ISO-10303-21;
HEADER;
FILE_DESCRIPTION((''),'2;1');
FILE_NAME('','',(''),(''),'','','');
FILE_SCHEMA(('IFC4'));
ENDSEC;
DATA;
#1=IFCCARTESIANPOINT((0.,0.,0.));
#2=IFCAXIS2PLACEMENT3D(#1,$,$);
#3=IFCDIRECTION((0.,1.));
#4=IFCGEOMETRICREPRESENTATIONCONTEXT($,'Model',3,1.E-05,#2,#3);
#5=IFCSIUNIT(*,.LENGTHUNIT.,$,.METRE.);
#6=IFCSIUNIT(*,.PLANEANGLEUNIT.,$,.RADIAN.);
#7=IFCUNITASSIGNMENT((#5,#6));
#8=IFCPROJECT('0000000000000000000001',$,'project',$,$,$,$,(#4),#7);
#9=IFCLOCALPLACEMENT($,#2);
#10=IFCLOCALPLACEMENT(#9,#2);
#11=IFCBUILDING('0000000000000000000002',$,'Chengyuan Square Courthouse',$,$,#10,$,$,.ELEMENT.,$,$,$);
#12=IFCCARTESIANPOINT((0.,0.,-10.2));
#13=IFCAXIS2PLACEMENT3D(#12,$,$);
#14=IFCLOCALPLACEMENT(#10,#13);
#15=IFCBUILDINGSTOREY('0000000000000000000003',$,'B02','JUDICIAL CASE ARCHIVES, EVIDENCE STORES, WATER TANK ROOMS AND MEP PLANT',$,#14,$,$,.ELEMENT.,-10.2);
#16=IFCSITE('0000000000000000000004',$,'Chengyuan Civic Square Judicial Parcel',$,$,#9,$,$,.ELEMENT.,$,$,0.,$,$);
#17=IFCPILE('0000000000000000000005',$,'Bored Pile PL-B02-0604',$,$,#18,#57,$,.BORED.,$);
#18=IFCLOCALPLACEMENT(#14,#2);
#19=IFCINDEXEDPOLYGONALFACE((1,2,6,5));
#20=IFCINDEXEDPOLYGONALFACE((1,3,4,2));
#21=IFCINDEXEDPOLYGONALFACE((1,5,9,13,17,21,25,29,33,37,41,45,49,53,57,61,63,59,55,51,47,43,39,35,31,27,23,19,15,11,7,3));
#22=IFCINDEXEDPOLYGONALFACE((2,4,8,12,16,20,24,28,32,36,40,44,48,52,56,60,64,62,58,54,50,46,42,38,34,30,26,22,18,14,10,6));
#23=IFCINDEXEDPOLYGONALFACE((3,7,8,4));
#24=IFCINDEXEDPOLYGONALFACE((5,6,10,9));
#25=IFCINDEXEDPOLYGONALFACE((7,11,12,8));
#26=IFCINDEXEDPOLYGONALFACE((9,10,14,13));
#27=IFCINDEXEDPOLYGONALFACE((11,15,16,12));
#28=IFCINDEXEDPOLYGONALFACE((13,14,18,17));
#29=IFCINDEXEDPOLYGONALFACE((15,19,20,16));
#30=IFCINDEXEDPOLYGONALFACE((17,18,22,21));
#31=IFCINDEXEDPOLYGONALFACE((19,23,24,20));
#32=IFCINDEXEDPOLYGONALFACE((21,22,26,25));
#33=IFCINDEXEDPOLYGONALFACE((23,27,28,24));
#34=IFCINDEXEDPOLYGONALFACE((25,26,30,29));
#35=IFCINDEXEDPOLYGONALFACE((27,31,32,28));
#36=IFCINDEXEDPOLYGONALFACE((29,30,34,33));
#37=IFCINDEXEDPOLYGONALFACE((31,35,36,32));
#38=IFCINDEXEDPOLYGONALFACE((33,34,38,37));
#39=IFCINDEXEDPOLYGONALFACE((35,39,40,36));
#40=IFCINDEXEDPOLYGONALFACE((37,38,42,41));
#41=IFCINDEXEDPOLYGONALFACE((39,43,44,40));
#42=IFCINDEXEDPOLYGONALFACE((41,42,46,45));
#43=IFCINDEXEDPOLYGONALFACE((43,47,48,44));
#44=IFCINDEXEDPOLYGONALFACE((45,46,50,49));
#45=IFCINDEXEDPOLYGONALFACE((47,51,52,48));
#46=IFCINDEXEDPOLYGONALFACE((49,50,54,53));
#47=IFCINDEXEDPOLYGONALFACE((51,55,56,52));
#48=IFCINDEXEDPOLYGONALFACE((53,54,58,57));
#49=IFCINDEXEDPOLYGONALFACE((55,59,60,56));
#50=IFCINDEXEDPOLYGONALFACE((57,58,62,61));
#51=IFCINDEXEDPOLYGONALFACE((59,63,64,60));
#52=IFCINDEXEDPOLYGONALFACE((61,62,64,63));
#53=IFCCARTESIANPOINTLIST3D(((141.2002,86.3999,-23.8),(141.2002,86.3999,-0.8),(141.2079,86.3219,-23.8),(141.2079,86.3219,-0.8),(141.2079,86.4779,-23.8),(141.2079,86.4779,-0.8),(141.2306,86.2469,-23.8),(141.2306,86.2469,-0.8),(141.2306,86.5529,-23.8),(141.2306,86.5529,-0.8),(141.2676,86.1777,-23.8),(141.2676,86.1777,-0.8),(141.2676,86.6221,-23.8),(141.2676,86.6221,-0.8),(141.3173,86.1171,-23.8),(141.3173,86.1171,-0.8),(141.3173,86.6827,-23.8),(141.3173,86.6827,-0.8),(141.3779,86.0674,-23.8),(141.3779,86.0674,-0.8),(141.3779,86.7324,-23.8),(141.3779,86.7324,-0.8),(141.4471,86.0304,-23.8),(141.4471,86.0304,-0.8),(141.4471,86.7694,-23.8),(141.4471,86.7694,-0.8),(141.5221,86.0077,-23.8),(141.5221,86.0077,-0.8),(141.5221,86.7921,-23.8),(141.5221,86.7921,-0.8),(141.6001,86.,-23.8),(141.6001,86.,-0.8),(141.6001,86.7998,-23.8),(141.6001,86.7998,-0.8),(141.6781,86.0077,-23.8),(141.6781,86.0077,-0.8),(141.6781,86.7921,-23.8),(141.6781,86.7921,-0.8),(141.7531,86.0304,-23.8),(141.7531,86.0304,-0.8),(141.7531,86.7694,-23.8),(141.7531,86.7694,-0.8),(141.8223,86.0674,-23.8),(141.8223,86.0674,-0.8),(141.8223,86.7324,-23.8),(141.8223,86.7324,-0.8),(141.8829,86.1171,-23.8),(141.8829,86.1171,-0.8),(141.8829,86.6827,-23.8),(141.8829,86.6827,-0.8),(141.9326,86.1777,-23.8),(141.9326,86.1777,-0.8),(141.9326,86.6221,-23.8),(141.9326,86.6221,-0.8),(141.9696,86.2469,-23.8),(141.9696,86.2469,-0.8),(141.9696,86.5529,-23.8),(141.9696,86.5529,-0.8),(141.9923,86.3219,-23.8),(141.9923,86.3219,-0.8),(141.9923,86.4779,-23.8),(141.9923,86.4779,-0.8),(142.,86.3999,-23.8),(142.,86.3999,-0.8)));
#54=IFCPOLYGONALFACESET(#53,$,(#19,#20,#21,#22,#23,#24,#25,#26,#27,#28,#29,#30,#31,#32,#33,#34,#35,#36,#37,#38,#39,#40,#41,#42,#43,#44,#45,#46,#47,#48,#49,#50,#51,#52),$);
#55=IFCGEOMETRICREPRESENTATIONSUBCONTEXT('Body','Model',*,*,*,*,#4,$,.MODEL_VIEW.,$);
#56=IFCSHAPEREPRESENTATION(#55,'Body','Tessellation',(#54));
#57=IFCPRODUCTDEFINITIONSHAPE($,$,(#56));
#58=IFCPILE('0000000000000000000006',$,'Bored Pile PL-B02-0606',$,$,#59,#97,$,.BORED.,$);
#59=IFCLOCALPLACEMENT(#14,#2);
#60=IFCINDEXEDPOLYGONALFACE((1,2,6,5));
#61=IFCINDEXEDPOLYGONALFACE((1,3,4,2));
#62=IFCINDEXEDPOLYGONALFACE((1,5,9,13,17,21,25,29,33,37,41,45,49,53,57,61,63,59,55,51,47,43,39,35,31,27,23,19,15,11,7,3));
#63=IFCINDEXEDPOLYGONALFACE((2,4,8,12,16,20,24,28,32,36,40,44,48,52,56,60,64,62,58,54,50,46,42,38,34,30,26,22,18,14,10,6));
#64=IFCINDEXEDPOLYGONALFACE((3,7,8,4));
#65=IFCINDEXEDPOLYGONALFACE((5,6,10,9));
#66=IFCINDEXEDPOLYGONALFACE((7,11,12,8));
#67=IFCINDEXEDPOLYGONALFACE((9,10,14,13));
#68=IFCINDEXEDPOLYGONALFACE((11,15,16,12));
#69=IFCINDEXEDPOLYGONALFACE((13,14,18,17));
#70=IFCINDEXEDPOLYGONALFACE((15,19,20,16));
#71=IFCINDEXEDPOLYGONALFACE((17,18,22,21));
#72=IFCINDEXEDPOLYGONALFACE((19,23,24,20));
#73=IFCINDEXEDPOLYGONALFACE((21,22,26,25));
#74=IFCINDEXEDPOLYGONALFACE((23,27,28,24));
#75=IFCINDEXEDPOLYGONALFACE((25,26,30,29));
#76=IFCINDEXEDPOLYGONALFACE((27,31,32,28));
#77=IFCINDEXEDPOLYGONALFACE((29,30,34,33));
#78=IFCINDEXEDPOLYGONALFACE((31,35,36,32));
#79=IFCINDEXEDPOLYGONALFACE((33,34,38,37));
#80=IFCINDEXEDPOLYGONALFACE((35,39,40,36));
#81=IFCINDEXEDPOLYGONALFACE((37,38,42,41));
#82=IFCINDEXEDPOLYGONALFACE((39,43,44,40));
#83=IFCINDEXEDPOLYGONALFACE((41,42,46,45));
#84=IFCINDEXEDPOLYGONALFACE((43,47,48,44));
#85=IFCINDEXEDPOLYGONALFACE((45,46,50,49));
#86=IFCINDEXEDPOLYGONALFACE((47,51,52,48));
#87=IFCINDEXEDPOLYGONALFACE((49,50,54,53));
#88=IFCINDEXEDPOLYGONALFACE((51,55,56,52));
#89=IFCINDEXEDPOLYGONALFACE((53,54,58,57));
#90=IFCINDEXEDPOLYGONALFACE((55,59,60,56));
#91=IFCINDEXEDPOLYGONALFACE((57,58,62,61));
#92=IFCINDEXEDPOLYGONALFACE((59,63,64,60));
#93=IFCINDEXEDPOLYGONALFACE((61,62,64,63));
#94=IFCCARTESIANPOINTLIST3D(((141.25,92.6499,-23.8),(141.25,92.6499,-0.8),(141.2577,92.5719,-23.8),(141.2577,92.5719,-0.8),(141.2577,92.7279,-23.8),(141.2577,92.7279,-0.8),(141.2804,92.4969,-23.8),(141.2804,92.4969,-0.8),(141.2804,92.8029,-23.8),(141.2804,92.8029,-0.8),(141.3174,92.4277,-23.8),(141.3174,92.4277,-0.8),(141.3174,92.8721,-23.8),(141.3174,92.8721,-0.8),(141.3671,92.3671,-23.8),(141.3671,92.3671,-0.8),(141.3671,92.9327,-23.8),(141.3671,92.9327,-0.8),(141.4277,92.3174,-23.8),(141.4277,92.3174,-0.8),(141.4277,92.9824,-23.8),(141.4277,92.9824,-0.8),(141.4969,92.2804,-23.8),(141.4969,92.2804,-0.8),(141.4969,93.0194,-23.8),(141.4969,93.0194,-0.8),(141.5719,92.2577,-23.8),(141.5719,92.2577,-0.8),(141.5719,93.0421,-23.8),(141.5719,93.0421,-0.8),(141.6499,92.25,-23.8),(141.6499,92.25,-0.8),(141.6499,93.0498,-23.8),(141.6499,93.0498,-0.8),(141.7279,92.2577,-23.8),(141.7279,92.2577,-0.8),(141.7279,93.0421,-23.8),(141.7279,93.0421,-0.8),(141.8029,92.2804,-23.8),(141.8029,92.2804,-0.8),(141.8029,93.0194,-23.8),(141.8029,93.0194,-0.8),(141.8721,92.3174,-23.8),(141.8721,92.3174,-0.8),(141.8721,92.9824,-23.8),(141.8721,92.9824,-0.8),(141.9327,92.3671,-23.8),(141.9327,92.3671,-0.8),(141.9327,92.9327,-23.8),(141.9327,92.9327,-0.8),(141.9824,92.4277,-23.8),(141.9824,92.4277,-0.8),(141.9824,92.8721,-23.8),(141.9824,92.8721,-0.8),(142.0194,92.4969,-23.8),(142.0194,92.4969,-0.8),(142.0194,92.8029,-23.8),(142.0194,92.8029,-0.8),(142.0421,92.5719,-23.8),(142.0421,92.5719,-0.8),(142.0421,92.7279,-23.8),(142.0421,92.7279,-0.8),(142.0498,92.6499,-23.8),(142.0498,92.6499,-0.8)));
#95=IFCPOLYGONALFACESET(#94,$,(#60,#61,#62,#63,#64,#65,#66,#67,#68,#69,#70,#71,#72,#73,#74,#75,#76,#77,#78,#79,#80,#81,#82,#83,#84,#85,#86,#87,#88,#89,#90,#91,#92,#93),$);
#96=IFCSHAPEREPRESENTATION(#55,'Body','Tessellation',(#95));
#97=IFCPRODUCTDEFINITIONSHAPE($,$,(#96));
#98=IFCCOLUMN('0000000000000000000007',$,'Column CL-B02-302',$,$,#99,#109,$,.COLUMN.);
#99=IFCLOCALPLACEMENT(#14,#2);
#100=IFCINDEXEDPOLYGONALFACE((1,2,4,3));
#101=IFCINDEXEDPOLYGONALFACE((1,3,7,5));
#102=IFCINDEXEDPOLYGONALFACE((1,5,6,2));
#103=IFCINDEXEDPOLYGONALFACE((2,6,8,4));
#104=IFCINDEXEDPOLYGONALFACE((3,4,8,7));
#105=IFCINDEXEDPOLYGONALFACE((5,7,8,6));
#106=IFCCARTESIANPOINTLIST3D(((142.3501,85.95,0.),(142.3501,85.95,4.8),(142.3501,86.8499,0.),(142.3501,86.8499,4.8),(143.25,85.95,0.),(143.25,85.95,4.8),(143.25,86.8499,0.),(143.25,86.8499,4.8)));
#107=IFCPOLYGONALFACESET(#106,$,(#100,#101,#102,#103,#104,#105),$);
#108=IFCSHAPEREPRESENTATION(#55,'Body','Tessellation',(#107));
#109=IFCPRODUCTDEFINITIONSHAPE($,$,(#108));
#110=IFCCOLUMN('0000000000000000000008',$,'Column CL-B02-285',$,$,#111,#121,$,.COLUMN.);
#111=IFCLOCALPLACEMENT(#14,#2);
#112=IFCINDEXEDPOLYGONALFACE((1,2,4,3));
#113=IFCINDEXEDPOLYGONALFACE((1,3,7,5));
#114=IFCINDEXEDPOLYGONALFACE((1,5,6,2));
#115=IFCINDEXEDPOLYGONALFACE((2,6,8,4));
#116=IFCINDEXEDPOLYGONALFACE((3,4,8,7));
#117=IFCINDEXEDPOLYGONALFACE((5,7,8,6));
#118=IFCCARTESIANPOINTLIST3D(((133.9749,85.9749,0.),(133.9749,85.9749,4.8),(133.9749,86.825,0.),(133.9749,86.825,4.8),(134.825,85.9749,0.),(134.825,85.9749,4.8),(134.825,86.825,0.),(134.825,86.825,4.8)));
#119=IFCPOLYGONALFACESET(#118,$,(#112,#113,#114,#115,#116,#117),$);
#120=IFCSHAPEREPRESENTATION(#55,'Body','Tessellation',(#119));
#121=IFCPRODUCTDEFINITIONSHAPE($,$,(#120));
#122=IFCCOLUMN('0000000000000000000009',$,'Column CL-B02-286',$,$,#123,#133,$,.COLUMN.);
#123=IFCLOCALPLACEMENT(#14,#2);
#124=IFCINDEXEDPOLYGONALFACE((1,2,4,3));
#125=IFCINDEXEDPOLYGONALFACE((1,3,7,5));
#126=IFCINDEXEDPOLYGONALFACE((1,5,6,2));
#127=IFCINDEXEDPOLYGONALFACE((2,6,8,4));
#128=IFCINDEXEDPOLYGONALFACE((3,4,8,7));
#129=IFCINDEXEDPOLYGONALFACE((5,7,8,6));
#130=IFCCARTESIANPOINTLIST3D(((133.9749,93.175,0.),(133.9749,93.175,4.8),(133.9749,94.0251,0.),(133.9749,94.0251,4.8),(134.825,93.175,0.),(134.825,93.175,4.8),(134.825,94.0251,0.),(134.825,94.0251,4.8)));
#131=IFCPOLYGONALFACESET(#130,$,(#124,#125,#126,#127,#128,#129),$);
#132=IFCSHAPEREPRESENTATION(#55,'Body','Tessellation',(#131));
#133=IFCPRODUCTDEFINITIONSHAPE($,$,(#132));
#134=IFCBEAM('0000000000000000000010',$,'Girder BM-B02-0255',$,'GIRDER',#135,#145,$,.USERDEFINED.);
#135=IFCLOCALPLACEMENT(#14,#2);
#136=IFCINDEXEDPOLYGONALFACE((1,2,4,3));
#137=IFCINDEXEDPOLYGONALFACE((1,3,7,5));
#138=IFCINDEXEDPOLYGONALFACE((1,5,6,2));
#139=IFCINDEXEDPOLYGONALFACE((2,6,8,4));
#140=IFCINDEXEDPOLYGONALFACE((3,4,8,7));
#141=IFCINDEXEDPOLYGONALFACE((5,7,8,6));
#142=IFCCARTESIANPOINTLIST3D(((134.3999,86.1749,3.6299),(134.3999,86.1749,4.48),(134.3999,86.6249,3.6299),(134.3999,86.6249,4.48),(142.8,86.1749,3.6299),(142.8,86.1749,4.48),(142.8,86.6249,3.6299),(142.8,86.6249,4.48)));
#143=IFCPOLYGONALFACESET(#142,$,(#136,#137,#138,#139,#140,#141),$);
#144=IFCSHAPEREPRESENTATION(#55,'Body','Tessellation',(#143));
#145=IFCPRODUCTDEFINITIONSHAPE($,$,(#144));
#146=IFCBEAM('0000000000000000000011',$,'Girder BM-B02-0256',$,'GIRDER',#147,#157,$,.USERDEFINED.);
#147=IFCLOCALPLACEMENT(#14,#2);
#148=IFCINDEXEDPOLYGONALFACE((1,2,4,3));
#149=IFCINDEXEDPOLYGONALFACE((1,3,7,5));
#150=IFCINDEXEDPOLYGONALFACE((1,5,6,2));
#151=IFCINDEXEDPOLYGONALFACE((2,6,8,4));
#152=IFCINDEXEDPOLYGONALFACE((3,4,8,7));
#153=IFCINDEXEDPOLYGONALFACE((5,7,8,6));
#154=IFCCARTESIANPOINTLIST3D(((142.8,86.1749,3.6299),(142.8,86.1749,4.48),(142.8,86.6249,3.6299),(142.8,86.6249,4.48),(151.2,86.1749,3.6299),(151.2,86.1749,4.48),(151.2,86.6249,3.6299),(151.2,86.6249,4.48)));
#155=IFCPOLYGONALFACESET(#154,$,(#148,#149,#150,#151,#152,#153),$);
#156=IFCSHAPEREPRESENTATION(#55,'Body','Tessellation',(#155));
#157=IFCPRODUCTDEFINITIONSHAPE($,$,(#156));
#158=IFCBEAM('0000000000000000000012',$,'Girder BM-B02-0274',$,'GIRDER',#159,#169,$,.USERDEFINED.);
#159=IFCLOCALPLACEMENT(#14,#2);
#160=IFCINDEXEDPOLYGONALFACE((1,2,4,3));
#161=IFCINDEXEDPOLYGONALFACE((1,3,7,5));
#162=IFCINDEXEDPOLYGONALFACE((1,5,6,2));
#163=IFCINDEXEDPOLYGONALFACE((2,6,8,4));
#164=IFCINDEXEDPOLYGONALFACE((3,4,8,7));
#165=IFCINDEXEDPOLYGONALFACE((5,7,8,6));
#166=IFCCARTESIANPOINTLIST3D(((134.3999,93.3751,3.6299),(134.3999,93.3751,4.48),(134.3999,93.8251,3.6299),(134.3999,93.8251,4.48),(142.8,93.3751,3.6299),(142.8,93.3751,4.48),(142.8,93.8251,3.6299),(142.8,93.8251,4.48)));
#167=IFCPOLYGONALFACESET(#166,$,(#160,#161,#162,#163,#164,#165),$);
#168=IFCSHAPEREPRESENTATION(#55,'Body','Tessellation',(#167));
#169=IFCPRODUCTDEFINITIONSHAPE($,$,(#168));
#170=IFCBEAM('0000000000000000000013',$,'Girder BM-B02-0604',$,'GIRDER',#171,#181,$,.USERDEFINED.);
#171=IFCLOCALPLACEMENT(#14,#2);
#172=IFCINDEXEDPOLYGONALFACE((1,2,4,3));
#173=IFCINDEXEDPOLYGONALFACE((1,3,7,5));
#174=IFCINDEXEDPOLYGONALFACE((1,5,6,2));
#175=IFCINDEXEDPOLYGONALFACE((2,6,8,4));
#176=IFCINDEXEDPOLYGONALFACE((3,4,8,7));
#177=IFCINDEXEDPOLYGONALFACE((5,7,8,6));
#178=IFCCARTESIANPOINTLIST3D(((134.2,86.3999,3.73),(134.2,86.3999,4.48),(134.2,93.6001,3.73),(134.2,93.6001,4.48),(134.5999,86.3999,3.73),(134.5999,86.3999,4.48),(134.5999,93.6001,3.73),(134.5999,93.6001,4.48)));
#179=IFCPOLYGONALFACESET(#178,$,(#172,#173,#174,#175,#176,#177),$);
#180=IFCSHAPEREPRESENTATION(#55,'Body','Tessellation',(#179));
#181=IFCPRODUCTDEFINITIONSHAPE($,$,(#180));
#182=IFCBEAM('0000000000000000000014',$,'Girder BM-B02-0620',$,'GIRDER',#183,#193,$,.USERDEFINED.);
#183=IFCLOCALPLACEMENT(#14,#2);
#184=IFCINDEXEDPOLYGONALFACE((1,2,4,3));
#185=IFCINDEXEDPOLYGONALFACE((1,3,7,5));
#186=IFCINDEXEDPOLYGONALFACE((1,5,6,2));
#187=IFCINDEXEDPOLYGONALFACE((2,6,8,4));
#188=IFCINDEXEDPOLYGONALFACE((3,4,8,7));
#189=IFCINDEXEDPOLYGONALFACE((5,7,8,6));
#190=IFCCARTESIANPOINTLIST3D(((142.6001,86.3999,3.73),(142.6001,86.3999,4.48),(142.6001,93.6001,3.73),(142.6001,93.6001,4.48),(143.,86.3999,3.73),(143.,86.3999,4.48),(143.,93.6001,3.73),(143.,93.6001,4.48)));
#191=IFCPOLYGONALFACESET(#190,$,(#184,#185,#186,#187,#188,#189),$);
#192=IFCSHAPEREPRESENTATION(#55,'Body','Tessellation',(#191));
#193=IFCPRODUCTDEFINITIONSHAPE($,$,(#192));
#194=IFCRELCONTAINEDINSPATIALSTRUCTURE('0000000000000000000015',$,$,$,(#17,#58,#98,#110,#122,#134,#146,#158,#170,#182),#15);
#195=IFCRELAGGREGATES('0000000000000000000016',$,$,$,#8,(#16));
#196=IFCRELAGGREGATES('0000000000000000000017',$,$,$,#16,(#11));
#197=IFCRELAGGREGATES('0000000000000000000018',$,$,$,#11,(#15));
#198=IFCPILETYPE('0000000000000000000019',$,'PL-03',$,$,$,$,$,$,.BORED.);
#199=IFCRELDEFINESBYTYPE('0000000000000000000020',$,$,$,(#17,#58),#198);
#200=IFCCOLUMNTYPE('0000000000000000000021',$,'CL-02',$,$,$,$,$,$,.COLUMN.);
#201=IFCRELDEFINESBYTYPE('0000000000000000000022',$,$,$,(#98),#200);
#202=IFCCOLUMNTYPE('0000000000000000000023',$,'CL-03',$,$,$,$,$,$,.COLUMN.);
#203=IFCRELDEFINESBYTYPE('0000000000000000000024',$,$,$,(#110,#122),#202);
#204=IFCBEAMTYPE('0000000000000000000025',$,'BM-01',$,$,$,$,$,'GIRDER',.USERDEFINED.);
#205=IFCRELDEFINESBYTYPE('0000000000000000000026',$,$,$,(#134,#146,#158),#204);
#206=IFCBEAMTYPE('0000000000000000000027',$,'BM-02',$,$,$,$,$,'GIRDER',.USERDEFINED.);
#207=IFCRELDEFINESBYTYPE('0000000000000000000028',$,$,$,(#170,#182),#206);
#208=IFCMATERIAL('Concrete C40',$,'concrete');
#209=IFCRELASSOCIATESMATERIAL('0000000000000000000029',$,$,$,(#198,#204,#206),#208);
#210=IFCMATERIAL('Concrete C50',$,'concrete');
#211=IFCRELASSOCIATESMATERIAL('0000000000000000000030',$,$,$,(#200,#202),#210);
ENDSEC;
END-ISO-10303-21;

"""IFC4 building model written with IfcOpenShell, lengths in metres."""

from ifc_helpers import new_model, si_unit, direction, frame, origin, origin_2d, place, context, subcontext, project, spatial, rectangle, circle, extrude, material, material_profile, profile_set, type_object, element, save


model = new_model("IFC4")

# Units and contexts
model_context = context("Model", 3, precision=1e-05, world=origin(), true_north=direction((0.0, 1.0)))
body_context = subcontext(model_context, "Body", "Model", "MODEL_VIEW")
ifc_project = project(units=[si_unit("LENGTHUNIT", "METRE"), si_unit("PLANEANGLEUNIT", "RADIAN")], contexts=[model_context])

# Site, building, storey
site_placement = place(None, origin())
site = spatial("IfcSite", under=ifc_project, at=site_placement, Name="Chengyuan Civic Square Judicial Parcel", CompositionType="ELEMENT", RefElevation=0.0)
building_placement = place(site_placement, origin())
building = spatial("IfcBuilding", under=site, at=building_placement, Name="Chengyuan Square Courthouse", CompositionType="ELEMENT")
storey_placement = place(building_placement, frame((0.0, 0.0, -10.2)))
storey = spatial("IfcBuildingStorey", under=building, at=storey_placement, Name="B02", Description="JUDICIAL CASE ARCHIVES, EVIDENCE STORES, WATER TANK ROOMS AND MEP PLANT", CompositionType="ELEMENT", Elevation=-10.2)

# Shared definitions
ifc_material_1 = material(Name="Concrete C40", Category="concrete")

# Piles
ifc_material_profile_1 = material_profile(ifc_material_1, circle(Radius=0.3999, at=origin_2d()), Name="BORED PILE D800")
ifc_profile_set_1 = profile_set([ifc_material_profile_1], Name="Concrete C40")
pile_type_1 = type_object("IfcPileType", Name="PL-03", PredefinedType="BORED", material=ifc_profile_set_1)
for number, where, z_axis, x_axis, name in (
    (1, (141.6001, 86.3999, -0.8), (0.0, 0.0, -1.0), (1.0, 0.0, 0.0), "Bored Pile PL-B02-0604"),
    (2, (141.6499, 92.6499, -0.8), (0.0, 0.0, -1.0), (1.0, 0.0, 0.0), "Bored Pile PL-B02-0606"),
):
    element("IfcPile", number, at=place(storey_placement, frame(where, z_axis=z_axis, x_axis=x_axis)), inside=storey, type_object=pile_type_1, Name=name, PredefinedType="BORED", context=body_context, shape_type="SweptSolid", body=[
        extrude(circle(Radius=0.3999, at=origin_2d()), origin(), (0.0, 0.0, 1.0), 23.0),
    ])

# Columns
ifc_material_2 = material(Name="Concrete C50", Category="concrete")
ifc_material_profile_2 = material_profile(ifc_material_2, rectangle(XDim=0.8999, YDim=0.8999, at=origin_2d()), Name="RC-COL-900x900")
ifc_profile_set_2 = profile_set([ifc_material_profile_2], Name="Concrete C50")
column_type_1 = type_object("IfcColumnType", Name="CL-02", PredefinedType="COLUMN", material=ifc_profile_set_2)
column_placement = place(storey_placement, frame((142.8, 86.3999, 0.0), z_axis=(0.0, 0.0, 1.0), x_axis=(1.0, 0.0, 0.0)))
element("IfcColumn", 3, at=column_placement, inside=storey, type_object=column_type_1, Name="Column CL-B02-302", PredefinedType="COLUMN", context=body_context, shape_type="SweptSolid", body=[
    extrude(rectangle(XDim=0.8999, YDim=0.8999, at=origin_2d()), origin(), (0.0, 0.0, 1.0), 4.8),
])
ifc_material_profile_3 = material_profile(ifc_material_2, rectangle(XDim=0.8501, YDim=0.8501, at=origin_2d()), Name="RC-COL-850x850")
ifc_profile_set_3 = profile_set([ifc_material_profile_3], Name="Concrete C50")
column_type_2 = type_object("IfcColumnType", Name="CL-03", PredefinedType="COLUMN", material=ifc_profile_set_3)
for number, where, z_axis, x_axis, name in (
    (4, (134.3999, 86.3999, 0.0), (0.0, 0.0, 1.0), (1.0, 0.0, 0.0), "Column CL-B02-285"),
    (5, (134.3999, 93.6001, 0.0), (0.0, 0.0, 1.0), (1.0, 0.0, 0.0), "Column CL-B02-286"),
):
    element("IfcColumn", number, at=place(storey_placement, frame(where, z_axis=z_axis, x_axis=x_axis)), inside=storey, type_object=column_type_2, Name=name, PredefinedType="COLUMN", context=body_context, shape_type="SweptSolid", body=[
        extrude(rectangle(XDim=0.8501, YDim=0.8501, at=origin_2d()), origin(), (0.0, 0.0, 1.0), 4.8),
    ])

# Beams
ifc_material_profile_4 = material_profile(ifc_material_1, rectangle(XDim=0.45, YDim=0.8501, at=origin_2d()), Name="RC-BM-450x850")
ifc_profile_set_4 = profile_set([ifc_material_profile_4], Name="Concrete C40")
beam_type_1 = type_object("IfcBeamType", Name="BM-01", ElementType="GIRDER", PredefinedType="USERDEFINED", material=ifc_profile_set_4)
beam_1_placement = place(storey_placement, frame((134.3999, 86.3999, 4.0549), z_axis=(1.0, 0.0, 0.0), x_axis=(0.0, 1.0, 0.0)))
element("IfcBeam", 6, at=beam_1_placement, inside=storey, type_object=beam_type_1, Name="Girder BM-B02-0255", ObjectType="GIRDER", PredefinedType="USERDEFINED", context=body_context, shape_type="SweptSolid", body=[
    extrude(rectangle(XDim=0.45, YDim=0.8501, at=origin_2d()), origin(), (0.0, 0.0, 1.0), 8.4001),
])
beam_2_placement = place(storey_placement, frame((142.8, 86.3999, 4.0549), z_axis=(1.0, 0.0, 0.0), x_axis=(0.0, 1.0, 0.0)))
element("IfcBeam", 7, at=beam_2_placement, inside=storey, type_object=beam_type_1, Name="Girder BM-B02-0256", ObjectType="GIRDER", PredefinedType="USERDEFINED", context=body_context, shape_type="SweptSolid", body=[
    extrude(rectangle(XDim=0.45, YDim=0.8501, at=origin_2d()), origin(), (0.0, 0.0, 1.0), 8.3999),
])
beam_3_placement = place(storey_placement, frame((134.3999, 93.6001, 4.0549), z_axis=(1.0, 0.0, 0.0), x_axis=(0.0, 1.0, 0.0)))
element("IfcBeam", 8, at=beam_3_placement, inside=storey, type_object=beam_type_1, Name="Girder BM-B02-0274", ObjectType="GIRDER", PredefinedType="USERDEFINED", context=body_context, shape_type="SweptSolid", body=[
    extrude(rectangle(XDim=0.45, YDim=0.8501, at=origin_2d()), origin(), (0.0, 0.0, 1.0), 8.4001),
])
ifc_material_profile_5 = material_profile(ifc_material_1, rectangle(XDim=0.3999, YDim=0.75, at=origin_2d()), Name="RC-BM-400x750")
ifc_profile_set_5 = profile_set([ifc_material_profile_5], Name="Concrete C40")
beam_type_2 = type_object("IfcBeamType", Name="BM-02", ElementType="GIRDER", PredefinedType="USERDEFINED", material=ifc_profile_set_5)
for number, where, z_axis, x_axis, name in (
    (9, (134.3999, 86.3999, 4.105), (0.0, 1.0, 0.0), (-1.0, 0.0, 0.0), "Girder BM-B02-0604"),
    (10, (142.8, 86.3999, 4.105), (0.0, 1.0, 0.0), (-1.0, 0.0, 0.0), "Girder BM-B02-0620"),
):
    element("IfcBeam", number, at=place(storey_placement, frame(where, z_axis=z_axis, x_axis=x_axis)), inside=storey, type_object=beam_type_2, Name=name, ObjectType="GIRDER", PredefinedType="USERDEFINED", context=body_context, shape_type="SweptSolid", body=[
        extrude(rectangle(XDim=0.3999, YDim=0.75, at=origin_2d()), origin(), (0.0, 0.0, 1.0), 7.2002),
    ])

save(model, "model.ifc")
